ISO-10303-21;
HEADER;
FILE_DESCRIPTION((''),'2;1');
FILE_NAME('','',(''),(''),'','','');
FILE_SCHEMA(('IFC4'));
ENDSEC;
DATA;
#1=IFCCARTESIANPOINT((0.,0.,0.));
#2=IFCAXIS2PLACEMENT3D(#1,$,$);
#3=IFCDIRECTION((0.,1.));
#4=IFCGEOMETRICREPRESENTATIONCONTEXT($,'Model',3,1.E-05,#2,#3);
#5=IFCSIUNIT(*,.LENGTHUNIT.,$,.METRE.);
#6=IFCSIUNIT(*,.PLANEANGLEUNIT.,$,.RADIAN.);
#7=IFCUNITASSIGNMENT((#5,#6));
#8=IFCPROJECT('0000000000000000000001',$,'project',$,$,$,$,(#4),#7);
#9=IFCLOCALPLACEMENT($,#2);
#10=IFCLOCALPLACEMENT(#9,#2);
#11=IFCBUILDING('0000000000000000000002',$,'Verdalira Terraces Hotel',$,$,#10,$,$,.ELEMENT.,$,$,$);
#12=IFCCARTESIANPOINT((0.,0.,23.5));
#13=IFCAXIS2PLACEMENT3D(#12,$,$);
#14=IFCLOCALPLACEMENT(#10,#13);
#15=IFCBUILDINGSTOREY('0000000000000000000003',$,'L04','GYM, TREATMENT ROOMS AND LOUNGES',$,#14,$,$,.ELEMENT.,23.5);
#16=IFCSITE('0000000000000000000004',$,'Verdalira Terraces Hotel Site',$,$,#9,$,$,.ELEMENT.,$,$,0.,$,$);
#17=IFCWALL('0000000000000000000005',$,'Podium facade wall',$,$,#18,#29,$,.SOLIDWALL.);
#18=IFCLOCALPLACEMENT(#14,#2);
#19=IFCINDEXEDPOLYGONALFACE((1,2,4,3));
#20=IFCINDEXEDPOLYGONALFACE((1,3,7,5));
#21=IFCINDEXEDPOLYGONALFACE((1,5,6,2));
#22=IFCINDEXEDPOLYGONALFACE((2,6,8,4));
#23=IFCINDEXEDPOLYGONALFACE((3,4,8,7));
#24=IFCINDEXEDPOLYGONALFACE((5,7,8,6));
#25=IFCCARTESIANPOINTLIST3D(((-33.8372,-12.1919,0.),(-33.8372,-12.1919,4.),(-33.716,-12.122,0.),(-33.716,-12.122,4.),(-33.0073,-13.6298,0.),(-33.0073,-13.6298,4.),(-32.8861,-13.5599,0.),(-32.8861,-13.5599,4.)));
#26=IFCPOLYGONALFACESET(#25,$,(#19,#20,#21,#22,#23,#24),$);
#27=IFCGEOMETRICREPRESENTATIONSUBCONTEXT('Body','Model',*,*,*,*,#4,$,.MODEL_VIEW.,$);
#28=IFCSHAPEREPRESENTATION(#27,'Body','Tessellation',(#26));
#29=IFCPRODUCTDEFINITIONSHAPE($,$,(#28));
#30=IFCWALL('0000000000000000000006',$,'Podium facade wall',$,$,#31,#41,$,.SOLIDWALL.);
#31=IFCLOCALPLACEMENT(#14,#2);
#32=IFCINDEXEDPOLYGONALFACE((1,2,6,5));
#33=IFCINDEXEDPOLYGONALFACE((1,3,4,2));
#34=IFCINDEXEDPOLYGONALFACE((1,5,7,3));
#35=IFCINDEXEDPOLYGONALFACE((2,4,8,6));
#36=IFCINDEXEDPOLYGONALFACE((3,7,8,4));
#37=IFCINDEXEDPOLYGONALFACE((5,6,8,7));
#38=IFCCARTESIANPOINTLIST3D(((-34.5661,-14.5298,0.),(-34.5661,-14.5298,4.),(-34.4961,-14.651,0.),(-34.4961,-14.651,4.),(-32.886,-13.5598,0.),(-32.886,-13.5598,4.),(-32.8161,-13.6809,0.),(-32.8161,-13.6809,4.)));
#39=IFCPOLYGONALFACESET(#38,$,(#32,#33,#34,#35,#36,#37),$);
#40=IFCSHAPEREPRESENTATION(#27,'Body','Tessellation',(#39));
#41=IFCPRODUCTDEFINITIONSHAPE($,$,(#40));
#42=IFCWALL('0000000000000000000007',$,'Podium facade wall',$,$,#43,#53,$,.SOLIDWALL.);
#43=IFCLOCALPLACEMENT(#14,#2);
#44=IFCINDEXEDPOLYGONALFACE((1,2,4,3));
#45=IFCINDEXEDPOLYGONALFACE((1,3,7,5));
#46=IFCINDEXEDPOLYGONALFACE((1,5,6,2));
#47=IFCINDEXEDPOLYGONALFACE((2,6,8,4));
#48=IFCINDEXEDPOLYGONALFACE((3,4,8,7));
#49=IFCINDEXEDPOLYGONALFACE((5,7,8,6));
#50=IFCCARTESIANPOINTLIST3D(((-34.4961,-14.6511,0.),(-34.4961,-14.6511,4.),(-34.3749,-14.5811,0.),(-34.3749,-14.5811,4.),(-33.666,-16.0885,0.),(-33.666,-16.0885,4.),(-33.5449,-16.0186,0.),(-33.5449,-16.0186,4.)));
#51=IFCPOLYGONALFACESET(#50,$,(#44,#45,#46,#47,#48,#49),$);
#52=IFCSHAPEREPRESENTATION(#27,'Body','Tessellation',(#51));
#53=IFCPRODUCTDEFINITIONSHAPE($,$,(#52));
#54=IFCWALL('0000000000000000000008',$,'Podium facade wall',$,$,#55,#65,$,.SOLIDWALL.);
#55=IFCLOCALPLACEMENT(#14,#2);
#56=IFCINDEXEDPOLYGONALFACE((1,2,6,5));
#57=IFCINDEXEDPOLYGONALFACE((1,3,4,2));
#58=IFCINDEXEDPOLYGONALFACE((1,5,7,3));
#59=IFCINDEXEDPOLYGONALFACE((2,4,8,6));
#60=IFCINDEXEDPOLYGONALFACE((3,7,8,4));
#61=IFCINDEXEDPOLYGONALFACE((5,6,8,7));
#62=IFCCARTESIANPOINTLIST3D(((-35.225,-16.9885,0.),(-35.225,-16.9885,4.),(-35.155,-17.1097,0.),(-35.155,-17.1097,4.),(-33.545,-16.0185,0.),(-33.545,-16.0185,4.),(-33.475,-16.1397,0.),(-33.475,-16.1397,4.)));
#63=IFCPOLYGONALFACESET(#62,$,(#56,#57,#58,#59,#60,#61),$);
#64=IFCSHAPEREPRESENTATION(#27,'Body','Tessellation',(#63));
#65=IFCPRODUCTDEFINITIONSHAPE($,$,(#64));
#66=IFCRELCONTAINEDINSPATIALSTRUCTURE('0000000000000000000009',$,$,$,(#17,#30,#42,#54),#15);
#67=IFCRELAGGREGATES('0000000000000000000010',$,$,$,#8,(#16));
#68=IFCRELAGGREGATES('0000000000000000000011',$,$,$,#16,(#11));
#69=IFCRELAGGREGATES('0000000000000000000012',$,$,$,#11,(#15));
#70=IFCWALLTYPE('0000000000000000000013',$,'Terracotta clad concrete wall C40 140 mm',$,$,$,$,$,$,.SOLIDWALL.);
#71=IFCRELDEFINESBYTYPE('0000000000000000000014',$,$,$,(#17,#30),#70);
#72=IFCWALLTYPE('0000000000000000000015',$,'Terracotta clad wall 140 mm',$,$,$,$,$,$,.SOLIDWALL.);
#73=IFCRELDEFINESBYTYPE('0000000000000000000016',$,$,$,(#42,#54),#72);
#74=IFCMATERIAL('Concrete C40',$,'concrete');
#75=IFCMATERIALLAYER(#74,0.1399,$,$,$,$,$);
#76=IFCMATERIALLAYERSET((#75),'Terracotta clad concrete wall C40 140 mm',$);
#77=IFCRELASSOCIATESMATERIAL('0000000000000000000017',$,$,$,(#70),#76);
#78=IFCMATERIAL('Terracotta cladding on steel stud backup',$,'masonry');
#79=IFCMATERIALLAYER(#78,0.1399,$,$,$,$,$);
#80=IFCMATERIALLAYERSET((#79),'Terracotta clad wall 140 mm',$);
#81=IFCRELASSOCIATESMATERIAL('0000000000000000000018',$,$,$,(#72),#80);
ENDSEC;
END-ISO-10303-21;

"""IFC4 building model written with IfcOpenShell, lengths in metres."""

from ifc_helpers import new_model, si_unit, direction, frame, frame_2d, origin, place, context, subcontext, project, spatial, rectangle, extrude, material, layer, layer_set, type_object, element, save


model = new_model("IFC4")

# Units and contexts
model_context = context("Model", 3, precision=1e-05, world=origin(), true_north=direction((0.0, 1.0)))
body_context = subcontext(model_context, "Body", "Model", "MODEL_VIEW")
ifc_project = project(units=[si_unit("LENGTHUNIT", "METRE"), si_unit("PLANEANGLEUNIT", "RADIAN")], contexts=[model_context])

# Site, building, storey
site_placement = place(None, origin())
site = spatial("IfcSite", under=ifc_project, at=site_placement, Name="Verdalira Terraces Hotel Site", CompositionType="ELEMENT", RefElevation=0.0)
building_placement = place(site_placement, origin())
building = spatial("IfcBuilding", under=site, at=building_placement, Name="Verdalira Terraces Hotel", CompositionType="ELEMENT")
storey_placement = place(building_placement, frame((0.0, 0.0, 23.5)))
storey = spatial("IfcBuildingStorey", under=building, at=storey_placement, Name="L04", Description="GYM, TREATMENT ROOMS AND LOUNGES", CompositionType="ELEMENT", Elevation=23.5)

# Shared definitions
ifc_material_1 = material(Name="Concrete C40", Category="concrete")
ifc_layer_1 = layer(ifc_material_1, 0.1399)
ifc_layer_set_1 = layer_set([ifc_layer_1], Name="Terracotta clad concrete wall C40 140 mm")
wall_type_1 = type_object("IfcWallType", Name="Terracotta clad concrete wall C40 140 mm", PredefinedType="SOLIDWALL", material=ifc_layer_set_1)

# Walls
wall_1_placement = place(storey_placement, frame((-33.7766, -12.157, 0.0), z_axis=(0.0, 0.0, 1.0), x_axis=(0.499888, -0.86609, 0.0)))
element("IfcWall", 1, at=wall_1_placement, inside=storey, type_object=wall_type_1, Name="Podium facade wall", PredefinedType="SOLIDWALL", context=body_context, shape_type="SweptSolid", body=[
    extrude(rectangle(XDim=1.6602, YDim=0.1399, at=frame_2d((0.8301, 0.0))), origin(), (0.0, 0.0, 1.0), 4.0),
])
wall_2_placement = place(storey_placement, frame((-32.8511, -13.6204, 0.0), z_axis=(0.0, 0.0, 1.0), x_axis=(-0.866012, -0.500024, 0.0)))
element("IfcWall", 2, at=wall_2_placement, inside=storey, type_object=wall_type_1, Name="Podium facade wall", PredefinedType="SOLIDWALL", context=body_context, shape_type="SweptSolid", body=[
    extrude(rectangle(XDim=1.9399, YDim=0.1399, at=frame_2d((0.97, 0.0))), origin(), (0.0, 0.0, 1.0), 4.0),
])
ifc_material_2 = material(Name="Terracotta cladding on steel stud backup", Category="masonry")
ifc_layer_2 = layer(ifc_material_2, 0.1399)
ifc_layer_set_2 = layer_set([ifc_layer_2], Name="Terracotta clad wall 140 mm")
wall_type_2 = type_object("IfcWallType", Name="Terracotta clad wall 140 mm", PredefinedType="SOLIDWALL", material=ifc_layer_set_2)
wall_3_placement = place(storey_placement, frame((-34.4355, -14.616, 0.0), z_axis=(0.0, 0.0, 1.0), x_axis=(0.500062, -0.86599, 0.0)))
element("IfcWall", 3, at=wall_3_placement, inside=storey, type_object=wall_type_2, Name="Podium facade wall", PredefinedType="SOLIDWALL", context=body_context, shape_type="SweptSolid", body=[
    extrude(rectangle(XDim=1.6599, YDim=0.1399, at=frame_2d((0.8301, 0.0))), origin(), (0.0, 0.0, 1.0), 4.0),
])
wall_4_placement = place(storey_placement, frame((-33.51, -16.0791, 0.0), z_axis=(0.0, 0.0, 1.0), x_axis=(-0.866012, -0.500024, 0.0)))
element("IfcWall", 4, at=wall_4_placement, inside=storey, type_object=wall_type_2, Name="Podium facade wall", PredefinedType="SOLIDWALL", context=body_context, shape_type="SweptSolid", body=[
    extrude(rectangle(XDim=1.9399, YDim=0.1399, at=frame_2d((0.97, 0.0))), origin(), (0.0, 0.0, 1.0), 4.0),
])

save(model, "model.ifc")
